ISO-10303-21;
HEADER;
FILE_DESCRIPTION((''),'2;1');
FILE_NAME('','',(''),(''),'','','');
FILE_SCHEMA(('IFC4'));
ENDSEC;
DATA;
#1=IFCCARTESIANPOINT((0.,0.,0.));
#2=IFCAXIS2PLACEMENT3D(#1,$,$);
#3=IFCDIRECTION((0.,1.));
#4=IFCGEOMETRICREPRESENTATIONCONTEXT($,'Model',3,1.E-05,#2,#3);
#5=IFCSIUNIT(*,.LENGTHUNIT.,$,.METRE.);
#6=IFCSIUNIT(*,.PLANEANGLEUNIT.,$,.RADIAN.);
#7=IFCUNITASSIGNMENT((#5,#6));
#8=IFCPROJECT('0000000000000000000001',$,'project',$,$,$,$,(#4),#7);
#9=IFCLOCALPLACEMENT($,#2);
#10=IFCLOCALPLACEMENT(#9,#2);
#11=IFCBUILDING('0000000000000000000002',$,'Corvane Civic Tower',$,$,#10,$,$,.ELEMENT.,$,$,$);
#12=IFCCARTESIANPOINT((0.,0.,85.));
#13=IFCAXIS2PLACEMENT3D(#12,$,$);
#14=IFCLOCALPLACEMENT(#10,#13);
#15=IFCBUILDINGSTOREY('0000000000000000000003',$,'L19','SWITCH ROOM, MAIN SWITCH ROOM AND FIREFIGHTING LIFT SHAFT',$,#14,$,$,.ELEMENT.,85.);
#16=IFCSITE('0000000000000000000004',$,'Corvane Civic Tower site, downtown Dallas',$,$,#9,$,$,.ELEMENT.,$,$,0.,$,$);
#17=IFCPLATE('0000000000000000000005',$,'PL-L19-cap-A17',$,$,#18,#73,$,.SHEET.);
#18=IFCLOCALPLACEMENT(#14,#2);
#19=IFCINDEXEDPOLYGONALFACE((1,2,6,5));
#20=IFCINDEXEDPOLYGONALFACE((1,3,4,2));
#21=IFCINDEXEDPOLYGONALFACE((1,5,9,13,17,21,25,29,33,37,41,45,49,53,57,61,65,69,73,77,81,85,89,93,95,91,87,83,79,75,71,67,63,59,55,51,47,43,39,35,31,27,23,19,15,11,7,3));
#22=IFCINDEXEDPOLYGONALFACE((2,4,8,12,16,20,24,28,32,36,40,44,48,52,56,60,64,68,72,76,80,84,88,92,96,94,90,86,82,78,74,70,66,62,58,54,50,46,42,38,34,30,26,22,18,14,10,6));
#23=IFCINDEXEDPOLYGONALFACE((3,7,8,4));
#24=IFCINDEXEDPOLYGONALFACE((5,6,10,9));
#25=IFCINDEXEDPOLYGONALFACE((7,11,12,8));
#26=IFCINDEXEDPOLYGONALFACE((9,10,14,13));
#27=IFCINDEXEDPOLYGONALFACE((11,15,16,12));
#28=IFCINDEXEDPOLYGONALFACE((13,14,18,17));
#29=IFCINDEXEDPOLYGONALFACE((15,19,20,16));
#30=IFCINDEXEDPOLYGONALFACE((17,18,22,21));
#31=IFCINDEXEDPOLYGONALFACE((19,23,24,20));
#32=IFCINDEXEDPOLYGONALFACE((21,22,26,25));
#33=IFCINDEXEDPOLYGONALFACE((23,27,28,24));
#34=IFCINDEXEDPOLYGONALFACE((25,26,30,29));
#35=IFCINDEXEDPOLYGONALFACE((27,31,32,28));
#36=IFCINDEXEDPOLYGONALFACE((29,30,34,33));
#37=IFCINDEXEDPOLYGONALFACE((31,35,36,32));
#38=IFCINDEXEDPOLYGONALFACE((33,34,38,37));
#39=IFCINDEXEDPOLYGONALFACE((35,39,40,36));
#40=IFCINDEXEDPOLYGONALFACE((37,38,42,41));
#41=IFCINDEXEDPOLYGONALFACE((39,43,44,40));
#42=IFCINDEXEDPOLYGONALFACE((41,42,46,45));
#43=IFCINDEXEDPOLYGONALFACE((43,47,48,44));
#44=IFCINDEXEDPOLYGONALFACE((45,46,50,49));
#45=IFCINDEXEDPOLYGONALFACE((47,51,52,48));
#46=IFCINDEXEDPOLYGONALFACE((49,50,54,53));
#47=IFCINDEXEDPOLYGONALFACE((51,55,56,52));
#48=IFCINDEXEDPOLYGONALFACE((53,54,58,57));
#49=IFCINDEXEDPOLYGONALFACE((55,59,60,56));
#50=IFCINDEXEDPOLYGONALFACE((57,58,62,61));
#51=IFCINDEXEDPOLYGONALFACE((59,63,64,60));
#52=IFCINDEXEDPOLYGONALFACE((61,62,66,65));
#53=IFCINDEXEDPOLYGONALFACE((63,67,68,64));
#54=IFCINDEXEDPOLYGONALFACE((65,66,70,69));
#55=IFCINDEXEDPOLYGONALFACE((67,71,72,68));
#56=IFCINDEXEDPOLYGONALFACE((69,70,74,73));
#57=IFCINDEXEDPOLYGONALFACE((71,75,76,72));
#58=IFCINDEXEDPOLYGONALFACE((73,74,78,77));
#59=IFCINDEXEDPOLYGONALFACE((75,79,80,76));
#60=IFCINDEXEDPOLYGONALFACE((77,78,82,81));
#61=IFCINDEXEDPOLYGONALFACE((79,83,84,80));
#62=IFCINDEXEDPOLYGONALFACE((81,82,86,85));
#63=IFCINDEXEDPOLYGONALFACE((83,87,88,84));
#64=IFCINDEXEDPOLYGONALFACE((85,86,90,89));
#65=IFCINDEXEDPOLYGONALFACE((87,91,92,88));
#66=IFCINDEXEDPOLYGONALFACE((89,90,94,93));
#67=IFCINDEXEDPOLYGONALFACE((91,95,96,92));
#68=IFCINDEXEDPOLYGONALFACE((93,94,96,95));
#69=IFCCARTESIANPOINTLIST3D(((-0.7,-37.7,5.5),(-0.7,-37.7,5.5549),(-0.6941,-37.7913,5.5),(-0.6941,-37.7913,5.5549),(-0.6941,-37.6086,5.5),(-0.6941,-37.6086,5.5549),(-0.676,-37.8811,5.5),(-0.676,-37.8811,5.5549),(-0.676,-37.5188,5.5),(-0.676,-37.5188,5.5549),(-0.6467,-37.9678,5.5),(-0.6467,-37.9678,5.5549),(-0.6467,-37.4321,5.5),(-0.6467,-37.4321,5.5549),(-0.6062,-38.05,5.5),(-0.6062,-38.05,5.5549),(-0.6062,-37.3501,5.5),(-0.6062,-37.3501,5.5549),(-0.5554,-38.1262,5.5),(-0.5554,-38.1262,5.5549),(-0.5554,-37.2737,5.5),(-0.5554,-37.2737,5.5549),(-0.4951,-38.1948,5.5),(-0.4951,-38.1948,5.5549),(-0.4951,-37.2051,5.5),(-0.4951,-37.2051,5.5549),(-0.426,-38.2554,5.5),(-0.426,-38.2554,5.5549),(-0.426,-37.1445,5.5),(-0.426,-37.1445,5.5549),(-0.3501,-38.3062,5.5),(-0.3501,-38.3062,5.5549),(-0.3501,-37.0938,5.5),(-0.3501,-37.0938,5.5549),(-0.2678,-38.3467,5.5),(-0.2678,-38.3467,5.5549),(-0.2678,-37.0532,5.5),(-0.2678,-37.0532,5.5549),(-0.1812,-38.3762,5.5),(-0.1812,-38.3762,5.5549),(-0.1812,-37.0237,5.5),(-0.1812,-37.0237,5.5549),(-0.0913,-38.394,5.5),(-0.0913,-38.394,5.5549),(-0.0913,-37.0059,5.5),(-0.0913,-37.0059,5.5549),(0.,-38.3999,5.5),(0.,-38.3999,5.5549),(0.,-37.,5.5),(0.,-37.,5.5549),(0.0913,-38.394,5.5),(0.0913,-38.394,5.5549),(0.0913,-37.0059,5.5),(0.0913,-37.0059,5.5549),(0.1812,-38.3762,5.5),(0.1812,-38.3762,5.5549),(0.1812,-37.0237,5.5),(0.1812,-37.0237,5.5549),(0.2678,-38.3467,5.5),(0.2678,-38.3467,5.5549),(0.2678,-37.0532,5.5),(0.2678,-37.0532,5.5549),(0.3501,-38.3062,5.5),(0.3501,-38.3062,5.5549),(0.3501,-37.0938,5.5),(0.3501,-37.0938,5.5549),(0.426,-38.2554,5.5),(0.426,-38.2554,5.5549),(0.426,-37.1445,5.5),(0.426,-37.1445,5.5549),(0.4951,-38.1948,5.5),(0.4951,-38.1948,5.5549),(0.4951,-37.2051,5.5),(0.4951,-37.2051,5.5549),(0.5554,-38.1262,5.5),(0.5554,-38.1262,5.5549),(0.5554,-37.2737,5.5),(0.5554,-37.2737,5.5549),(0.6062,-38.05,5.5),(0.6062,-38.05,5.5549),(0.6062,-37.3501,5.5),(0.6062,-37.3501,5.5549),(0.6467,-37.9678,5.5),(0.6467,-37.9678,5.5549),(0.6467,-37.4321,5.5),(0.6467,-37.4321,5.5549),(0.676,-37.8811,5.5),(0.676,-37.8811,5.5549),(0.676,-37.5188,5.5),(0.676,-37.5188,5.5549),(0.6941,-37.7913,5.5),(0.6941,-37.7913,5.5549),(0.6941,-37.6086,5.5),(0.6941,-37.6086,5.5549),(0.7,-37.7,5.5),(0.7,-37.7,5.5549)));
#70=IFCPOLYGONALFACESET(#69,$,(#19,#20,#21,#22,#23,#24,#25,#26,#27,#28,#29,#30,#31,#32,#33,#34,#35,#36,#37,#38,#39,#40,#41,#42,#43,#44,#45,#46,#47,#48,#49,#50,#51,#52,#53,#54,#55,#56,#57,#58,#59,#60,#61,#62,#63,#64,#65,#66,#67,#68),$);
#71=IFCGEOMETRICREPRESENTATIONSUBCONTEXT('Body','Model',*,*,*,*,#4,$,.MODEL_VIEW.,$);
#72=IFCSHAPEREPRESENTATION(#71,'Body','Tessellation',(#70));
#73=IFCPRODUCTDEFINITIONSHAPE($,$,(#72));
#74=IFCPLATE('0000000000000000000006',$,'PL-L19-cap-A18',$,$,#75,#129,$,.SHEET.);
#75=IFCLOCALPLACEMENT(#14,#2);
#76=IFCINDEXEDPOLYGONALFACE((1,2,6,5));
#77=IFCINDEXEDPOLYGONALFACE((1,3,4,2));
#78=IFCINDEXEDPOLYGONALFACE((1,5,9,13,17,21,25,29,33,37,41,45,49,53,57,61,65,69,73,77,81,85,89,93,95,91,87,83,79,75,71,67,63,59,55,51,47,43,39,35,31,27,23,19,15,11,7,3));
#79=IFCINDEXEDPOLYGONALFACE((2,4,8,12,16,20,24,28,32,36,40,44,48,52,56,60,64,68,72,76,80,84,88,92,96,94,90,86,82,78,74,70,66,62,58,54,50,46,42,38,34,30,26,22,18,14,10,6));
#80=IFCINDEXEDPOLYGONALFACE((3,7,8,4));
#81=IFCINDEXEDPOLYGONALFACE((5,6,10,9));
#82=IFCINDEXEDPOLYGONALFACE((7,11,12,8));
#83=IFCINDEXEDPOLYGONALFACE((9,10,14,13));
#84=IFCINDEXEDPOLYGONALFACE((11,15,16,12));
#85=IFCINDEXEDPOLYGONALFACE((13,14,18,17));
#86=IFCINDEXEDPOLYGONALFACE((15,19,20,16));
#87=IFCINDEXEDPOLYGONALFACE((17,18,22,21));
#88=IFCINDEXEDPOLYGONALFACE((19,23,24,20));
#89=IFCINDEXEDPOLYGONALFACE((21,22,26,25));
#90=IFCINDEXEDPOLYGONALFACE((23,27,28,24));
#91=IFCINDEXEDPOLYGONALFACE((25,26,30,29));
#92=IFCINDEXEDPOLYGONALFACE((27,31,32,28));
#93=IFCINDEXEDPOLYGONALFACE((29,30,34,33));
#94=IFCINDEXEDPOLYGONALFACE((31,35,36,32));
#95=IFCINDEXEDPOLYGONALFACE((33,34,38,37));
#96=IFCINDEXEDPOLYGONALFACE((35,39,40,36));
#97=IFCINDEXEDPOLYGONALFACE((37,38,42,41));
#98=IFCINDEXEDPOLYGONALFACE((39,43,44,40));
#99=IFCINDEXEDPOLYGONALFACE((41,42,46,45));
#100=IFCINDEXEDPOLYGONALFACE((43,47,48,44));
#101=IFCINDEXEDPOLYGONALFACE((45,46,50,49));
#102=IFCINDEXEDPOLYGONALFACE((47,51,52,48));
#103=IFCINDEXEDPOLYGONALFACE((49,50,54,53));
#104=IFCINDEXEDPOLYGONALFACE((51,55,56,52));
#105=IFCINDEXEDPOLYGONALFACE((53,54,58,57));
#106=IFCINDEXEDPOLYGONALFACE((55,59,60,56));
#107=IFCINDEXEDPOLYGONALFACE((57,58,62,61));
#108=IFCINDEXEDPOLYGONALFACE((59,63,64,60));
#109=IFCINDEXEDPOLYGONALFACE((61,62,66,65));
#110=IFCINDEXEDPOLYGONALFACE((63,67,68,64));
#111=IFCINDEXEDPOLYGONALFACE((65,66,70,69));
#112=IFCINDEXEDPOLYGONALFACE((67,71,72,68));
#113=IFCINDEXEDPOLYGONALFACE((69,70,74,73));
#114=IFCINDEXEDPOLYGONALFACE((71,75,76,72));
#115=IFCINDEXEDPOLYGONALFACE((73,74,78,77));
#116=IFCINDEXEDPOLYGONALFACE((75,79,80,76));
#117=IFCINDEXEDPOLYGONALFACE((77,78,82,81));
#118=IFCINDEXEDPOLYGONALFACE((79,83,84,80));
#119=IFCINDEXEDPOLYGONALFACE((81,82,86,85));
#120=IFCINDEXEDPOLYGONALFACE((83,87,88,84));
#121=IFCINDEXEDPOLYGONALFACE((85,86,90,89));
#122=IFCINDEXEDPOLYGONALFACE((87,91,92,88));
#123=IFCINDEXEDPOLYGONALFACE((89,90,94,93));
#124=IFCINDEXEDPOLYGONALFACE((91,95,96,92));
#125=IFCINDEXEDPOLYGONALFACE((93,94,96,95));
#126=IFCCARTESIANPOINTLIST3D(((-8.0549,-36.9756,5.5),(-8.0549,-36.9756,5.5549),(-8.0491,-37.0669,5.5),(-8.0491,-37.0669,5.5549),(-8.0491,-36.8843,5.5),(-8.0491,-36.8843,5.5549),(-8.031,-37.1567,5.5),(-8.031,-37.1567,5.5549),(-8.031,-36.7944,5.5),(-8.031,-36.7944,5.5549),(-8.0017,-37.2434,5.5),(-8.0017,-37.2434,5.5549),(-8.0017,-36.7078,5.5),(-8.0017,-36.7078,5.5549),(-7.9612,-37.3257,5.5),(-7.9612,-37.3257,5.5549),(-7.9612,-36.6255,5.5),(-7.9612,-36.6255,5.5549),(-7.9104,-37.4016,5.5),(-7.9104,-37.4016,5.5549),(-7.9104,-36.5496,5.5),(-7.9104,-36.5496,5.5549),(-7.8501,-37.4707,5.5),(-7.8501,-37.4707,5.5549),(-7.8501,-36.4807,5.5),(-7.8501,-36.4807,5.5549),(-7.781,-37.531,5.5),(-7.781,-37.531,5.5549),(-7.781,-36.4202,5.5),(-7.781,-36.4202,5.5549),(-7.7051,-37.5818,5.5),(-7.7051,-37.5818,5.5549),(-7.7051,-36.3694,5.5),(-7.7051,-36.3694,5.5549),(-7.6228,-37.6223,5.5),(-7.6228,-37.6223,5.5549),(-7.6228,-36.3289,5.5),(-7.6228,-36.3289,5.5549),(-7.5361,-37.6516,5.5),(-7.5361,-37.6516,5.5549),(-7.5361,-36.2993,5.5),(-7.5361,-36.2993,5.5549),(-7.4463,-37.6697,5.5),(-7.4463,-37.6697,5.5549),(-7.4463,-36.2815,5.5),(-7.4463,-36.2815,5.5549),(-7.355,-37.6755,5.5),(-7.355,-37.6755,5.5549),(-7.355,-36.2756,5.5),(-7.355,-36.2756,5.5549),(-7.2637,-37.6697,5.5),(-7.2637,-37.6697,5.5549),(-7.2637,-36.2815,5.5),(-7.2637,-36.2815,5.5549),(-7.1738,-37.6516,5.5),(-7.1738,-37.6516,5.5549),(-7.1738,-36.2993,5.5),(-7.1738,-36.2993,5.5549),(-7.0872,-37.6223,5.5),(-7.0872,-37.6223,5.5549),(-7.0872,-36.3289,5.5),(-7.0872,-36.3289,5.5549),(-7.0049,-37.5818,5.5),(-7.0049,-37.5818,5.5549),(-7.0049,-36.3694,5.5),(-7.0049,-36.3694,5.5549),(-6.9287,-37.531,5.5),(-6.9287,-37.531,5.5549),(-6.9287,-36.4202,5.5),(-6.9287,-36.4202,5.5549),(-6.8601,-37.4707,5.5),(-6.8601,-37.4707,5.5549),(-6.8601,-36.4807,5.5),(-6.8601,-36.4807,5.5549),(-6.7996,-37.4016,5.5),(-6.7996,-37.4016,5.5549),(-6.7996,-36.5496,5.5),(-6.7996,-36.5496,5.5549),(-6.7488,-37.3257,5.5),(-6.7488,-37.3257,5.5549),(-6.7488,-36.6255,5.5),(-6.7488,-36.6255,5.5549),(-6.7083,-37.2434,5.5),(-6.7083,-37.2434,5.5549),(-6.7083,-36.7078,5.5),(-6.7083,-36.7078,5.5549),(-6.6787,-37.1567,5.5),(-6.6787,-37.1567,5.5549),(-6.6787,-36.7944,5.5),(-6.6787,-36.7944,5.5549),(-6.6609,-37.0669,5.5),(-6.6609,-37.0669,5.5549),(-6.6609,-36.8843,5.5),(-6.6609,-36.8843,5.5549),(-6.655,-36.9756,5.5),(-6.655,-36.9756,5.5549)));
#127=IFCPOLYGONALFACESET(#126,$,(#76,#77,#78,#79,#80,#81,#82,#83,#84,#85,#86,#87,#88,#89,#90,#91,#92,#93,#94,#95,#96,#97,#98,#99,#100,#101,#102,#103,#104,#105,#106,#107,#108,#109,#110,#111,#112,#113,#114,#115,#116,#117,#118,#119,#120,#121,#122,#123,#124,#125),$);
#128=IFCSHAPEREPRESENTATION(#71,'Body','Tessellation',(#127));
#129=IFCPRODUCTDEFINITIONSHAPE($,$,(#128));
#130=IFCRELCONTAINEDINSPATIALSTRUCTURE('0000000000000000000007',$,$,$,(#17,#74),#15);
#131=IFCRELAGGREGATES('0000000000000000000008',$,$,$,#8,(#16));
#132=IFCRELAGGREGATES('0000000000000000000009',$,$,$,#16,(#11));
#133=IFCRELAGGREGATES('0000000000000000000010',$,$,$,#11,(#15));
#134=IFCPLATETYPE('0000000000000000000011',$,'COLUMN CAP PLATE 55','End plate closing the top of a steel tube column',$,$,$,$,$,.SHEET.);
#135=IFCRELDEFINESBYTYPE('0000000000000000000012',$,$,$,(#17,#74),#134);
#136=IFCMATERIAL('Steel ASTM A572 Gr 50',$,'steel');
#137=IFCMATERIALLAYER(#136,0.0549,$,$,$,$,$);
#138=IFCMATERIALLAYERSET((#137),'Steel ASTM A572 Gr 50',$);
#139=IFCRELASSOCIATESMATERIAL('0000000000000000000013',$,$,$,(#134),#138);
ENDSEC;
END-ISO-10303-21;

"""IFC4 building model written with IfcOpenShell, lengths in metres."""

from ifc_helpers import new_model, si_unit, direction, frame, origin, place, context, subcontext, project, spatial, polyline, outline, extrude, material, layer, layer_set, type_object, element, save


model = new_model("IFC4")

# Units and contexts
model_context = context("Model", 3, precision=1e-05, world=origin(), true_north=direction((0.0, 1.0)))
body_context = subcontext(model_context, "Body", "Model", "MODEL_VIEW")
ifc_project = project(units=[si_unit("LENGTHUNIT", "METRE"), si_unit("PLANEANGLEUNIT", "RADIAN")], contexts=[model_context])

# Site, building, storey
site_placement = place(None, origin())
site = spatial("IfcSite", under=ifc_project, at=site_placement, Name="Corvane Civic Tower site, downtown Dallas", CompositionType="ELEMENT", RefElevation=0.0)
building_placement = place(site_placement, origin())
building = spatial("IfcBuilding", under=site, at=building_placement, Name="Corvane Civic Tower", CompositionType="ELEMENT")
storey_placement = place(building_placement, frame((0.0, 0.0, 85.0)))
storey = spatial("IfcBuildingStorey", under=building, at=storey_placement, Name="L19", Description="SWITCH ROOM, MAIN SWITCH ROOM AND FIREFIGHTING LIFT SHAFT", CompositionType="ELEMENT", Elevation=85.0)

# Plates
ifc_material_1 = material(Name="Steel ASTM A572 Gr 50", Category="steel")
ifc_layer_1 = layer(ifc_material_1, 0.0549)
ifc_layer_set_1 = layer_set([ifc_layer_1], Name="Steel ASTM A572 Gr 50")
plate_type = type_object("IfcPlateType", Name="COLUMN CAP PLATE 55", Description="End plate closing the top of a steel tube column", PredefinedType="SHEET", material=ifc_layer_set_1)
plate_1_placement = place(storey_placement, frame((0.0, 0.0, 5.5)))
element("IfcPlate", 1, at=plate_1_placement, inside=storey, type_object=plate_type, Name="PL-L19-cap-A17", PredefinedType="SHEET", context=body_context, shape_type="SweptSolid", body=[
    extrude(outline(polyline([(0.7, -37.7), (0.6941, -37.6086), (0.676, -37.5188), (0.6467, -37.4321), (0.6062, -37.3501), (0.5554, -37.2737), (0.4951, -37.2051), (0.426, -37.1445), (0.3501, -37.0938), (0.2678, -37.0532), (0.1812, -37.0237), (0.0913, -37.0059), (0.0, -37.0), (-0.0913, -37.0059), (-0.1812, -37.0237), (-0.2678, -37.0532), (-0.3501, -37.0938), (-0.426, -37.1445), (-0.4951, -37.2051), (-0.5554, -37.2737), (-0.6062, -37.3501), (-0.6467, -37.4321), (-0.676, -37.5188), (-0.6941, -37.6086), (-0.7, -37.7), (-0.6941, -37.7913), (-0.676, -37.8811), (-0.6467, -37.9678), (-0.6062, -38.05), (-0.5554, -38.1262), (-0.4951, -38.1948), (-0.426, -38.2554), (-0.3501, -38.3062), (-0.2678, -38.3467), (-0.1812, -38.3762), (-0.0913, -38.394), (0.0, -38.3999), (0.0913, -38.394), (0.1812, -38.3762), (0.2678, -38.3467), (0.3501, -38.3062), (0.426, -38.2554), (0.4951, -38.1948), (0.5554, -38.1262), (0.6062, -38.05), (0.6467, -37.9678), (0.676, -37.8811), (0.6941, -37.7913), (0.7, -37.7)])), origin(), (0.0, 0.0, 1.0), 0.0549),
])
plate_2_placement = place(storey_placement, frame((0.0, 0.0, 5.5)))
element("IfcPlate", 2, at=plate_2_placement, inside=storey, type_object=plate_type, Name="PL-L19-cap-A18", PredefinedType="SHEET", context=body_context, shape_type="SweptSolid", body=[
    extrude(outline(polyline([(-6.655, -36.9756), (-6.6609, -36.8843), (-6.6787, -36.7944), (-6.7083, -36.7078), (-6.7488, -36.6255), (-6.7996, -36.5496), (-6.8601, -36.4807), (-6.9287, -36.4202), (-7.0049, -36.3694), (-7.0872, -36.3289), (-7.1738, -36.2993), (-7.2637, -36.2815), (-7.355, -36.2756), (-7.4463, -36.2815), (-7.5361, -36.2993), (-7.6228, -36.3289), (-7.7051, -36.3694), (-7.781, -36.4202), (-7.8501, -36.4807), (-7.9104, -36.5496), (-7.9612, -36.6255), (-8.0017, -36.7078), (-8.031, -36.7944), (-8.0491, -36.8843), (-8.0549, -36.9756), (-8.0491, -37.0669), (-8.031, -37.1567), (-8.0017, -37.2434), (-7.9612, -37.3257), (-7.9104, -37.4016), (-7.8501, -37.4707), (-7.781, -37.531), (-7.7051, -37.5818), (-7.6228, -37.6223), (-7.5361, -37.6516), (-7.4463, -37.6697), (-7.355, -37.6755), (-7.2637, -37.6697), (-7.1738, -37.6516), (-7.0872, -37.6223), (-7.0049, -37.5818), (-6.9287, -37.531), (-6.8601, -37.4707), (-6.7996, -37.4016), (-6.7488, -37.3257), (-6.7083, -37.2434), (-6.6787, -37.1567), (-6.6609, -37.0669), (-6.655, -36.9756)])), origin(), (0.0, 0.0, 1.0), 0.0549),
])

save(model, "model.ifc")
